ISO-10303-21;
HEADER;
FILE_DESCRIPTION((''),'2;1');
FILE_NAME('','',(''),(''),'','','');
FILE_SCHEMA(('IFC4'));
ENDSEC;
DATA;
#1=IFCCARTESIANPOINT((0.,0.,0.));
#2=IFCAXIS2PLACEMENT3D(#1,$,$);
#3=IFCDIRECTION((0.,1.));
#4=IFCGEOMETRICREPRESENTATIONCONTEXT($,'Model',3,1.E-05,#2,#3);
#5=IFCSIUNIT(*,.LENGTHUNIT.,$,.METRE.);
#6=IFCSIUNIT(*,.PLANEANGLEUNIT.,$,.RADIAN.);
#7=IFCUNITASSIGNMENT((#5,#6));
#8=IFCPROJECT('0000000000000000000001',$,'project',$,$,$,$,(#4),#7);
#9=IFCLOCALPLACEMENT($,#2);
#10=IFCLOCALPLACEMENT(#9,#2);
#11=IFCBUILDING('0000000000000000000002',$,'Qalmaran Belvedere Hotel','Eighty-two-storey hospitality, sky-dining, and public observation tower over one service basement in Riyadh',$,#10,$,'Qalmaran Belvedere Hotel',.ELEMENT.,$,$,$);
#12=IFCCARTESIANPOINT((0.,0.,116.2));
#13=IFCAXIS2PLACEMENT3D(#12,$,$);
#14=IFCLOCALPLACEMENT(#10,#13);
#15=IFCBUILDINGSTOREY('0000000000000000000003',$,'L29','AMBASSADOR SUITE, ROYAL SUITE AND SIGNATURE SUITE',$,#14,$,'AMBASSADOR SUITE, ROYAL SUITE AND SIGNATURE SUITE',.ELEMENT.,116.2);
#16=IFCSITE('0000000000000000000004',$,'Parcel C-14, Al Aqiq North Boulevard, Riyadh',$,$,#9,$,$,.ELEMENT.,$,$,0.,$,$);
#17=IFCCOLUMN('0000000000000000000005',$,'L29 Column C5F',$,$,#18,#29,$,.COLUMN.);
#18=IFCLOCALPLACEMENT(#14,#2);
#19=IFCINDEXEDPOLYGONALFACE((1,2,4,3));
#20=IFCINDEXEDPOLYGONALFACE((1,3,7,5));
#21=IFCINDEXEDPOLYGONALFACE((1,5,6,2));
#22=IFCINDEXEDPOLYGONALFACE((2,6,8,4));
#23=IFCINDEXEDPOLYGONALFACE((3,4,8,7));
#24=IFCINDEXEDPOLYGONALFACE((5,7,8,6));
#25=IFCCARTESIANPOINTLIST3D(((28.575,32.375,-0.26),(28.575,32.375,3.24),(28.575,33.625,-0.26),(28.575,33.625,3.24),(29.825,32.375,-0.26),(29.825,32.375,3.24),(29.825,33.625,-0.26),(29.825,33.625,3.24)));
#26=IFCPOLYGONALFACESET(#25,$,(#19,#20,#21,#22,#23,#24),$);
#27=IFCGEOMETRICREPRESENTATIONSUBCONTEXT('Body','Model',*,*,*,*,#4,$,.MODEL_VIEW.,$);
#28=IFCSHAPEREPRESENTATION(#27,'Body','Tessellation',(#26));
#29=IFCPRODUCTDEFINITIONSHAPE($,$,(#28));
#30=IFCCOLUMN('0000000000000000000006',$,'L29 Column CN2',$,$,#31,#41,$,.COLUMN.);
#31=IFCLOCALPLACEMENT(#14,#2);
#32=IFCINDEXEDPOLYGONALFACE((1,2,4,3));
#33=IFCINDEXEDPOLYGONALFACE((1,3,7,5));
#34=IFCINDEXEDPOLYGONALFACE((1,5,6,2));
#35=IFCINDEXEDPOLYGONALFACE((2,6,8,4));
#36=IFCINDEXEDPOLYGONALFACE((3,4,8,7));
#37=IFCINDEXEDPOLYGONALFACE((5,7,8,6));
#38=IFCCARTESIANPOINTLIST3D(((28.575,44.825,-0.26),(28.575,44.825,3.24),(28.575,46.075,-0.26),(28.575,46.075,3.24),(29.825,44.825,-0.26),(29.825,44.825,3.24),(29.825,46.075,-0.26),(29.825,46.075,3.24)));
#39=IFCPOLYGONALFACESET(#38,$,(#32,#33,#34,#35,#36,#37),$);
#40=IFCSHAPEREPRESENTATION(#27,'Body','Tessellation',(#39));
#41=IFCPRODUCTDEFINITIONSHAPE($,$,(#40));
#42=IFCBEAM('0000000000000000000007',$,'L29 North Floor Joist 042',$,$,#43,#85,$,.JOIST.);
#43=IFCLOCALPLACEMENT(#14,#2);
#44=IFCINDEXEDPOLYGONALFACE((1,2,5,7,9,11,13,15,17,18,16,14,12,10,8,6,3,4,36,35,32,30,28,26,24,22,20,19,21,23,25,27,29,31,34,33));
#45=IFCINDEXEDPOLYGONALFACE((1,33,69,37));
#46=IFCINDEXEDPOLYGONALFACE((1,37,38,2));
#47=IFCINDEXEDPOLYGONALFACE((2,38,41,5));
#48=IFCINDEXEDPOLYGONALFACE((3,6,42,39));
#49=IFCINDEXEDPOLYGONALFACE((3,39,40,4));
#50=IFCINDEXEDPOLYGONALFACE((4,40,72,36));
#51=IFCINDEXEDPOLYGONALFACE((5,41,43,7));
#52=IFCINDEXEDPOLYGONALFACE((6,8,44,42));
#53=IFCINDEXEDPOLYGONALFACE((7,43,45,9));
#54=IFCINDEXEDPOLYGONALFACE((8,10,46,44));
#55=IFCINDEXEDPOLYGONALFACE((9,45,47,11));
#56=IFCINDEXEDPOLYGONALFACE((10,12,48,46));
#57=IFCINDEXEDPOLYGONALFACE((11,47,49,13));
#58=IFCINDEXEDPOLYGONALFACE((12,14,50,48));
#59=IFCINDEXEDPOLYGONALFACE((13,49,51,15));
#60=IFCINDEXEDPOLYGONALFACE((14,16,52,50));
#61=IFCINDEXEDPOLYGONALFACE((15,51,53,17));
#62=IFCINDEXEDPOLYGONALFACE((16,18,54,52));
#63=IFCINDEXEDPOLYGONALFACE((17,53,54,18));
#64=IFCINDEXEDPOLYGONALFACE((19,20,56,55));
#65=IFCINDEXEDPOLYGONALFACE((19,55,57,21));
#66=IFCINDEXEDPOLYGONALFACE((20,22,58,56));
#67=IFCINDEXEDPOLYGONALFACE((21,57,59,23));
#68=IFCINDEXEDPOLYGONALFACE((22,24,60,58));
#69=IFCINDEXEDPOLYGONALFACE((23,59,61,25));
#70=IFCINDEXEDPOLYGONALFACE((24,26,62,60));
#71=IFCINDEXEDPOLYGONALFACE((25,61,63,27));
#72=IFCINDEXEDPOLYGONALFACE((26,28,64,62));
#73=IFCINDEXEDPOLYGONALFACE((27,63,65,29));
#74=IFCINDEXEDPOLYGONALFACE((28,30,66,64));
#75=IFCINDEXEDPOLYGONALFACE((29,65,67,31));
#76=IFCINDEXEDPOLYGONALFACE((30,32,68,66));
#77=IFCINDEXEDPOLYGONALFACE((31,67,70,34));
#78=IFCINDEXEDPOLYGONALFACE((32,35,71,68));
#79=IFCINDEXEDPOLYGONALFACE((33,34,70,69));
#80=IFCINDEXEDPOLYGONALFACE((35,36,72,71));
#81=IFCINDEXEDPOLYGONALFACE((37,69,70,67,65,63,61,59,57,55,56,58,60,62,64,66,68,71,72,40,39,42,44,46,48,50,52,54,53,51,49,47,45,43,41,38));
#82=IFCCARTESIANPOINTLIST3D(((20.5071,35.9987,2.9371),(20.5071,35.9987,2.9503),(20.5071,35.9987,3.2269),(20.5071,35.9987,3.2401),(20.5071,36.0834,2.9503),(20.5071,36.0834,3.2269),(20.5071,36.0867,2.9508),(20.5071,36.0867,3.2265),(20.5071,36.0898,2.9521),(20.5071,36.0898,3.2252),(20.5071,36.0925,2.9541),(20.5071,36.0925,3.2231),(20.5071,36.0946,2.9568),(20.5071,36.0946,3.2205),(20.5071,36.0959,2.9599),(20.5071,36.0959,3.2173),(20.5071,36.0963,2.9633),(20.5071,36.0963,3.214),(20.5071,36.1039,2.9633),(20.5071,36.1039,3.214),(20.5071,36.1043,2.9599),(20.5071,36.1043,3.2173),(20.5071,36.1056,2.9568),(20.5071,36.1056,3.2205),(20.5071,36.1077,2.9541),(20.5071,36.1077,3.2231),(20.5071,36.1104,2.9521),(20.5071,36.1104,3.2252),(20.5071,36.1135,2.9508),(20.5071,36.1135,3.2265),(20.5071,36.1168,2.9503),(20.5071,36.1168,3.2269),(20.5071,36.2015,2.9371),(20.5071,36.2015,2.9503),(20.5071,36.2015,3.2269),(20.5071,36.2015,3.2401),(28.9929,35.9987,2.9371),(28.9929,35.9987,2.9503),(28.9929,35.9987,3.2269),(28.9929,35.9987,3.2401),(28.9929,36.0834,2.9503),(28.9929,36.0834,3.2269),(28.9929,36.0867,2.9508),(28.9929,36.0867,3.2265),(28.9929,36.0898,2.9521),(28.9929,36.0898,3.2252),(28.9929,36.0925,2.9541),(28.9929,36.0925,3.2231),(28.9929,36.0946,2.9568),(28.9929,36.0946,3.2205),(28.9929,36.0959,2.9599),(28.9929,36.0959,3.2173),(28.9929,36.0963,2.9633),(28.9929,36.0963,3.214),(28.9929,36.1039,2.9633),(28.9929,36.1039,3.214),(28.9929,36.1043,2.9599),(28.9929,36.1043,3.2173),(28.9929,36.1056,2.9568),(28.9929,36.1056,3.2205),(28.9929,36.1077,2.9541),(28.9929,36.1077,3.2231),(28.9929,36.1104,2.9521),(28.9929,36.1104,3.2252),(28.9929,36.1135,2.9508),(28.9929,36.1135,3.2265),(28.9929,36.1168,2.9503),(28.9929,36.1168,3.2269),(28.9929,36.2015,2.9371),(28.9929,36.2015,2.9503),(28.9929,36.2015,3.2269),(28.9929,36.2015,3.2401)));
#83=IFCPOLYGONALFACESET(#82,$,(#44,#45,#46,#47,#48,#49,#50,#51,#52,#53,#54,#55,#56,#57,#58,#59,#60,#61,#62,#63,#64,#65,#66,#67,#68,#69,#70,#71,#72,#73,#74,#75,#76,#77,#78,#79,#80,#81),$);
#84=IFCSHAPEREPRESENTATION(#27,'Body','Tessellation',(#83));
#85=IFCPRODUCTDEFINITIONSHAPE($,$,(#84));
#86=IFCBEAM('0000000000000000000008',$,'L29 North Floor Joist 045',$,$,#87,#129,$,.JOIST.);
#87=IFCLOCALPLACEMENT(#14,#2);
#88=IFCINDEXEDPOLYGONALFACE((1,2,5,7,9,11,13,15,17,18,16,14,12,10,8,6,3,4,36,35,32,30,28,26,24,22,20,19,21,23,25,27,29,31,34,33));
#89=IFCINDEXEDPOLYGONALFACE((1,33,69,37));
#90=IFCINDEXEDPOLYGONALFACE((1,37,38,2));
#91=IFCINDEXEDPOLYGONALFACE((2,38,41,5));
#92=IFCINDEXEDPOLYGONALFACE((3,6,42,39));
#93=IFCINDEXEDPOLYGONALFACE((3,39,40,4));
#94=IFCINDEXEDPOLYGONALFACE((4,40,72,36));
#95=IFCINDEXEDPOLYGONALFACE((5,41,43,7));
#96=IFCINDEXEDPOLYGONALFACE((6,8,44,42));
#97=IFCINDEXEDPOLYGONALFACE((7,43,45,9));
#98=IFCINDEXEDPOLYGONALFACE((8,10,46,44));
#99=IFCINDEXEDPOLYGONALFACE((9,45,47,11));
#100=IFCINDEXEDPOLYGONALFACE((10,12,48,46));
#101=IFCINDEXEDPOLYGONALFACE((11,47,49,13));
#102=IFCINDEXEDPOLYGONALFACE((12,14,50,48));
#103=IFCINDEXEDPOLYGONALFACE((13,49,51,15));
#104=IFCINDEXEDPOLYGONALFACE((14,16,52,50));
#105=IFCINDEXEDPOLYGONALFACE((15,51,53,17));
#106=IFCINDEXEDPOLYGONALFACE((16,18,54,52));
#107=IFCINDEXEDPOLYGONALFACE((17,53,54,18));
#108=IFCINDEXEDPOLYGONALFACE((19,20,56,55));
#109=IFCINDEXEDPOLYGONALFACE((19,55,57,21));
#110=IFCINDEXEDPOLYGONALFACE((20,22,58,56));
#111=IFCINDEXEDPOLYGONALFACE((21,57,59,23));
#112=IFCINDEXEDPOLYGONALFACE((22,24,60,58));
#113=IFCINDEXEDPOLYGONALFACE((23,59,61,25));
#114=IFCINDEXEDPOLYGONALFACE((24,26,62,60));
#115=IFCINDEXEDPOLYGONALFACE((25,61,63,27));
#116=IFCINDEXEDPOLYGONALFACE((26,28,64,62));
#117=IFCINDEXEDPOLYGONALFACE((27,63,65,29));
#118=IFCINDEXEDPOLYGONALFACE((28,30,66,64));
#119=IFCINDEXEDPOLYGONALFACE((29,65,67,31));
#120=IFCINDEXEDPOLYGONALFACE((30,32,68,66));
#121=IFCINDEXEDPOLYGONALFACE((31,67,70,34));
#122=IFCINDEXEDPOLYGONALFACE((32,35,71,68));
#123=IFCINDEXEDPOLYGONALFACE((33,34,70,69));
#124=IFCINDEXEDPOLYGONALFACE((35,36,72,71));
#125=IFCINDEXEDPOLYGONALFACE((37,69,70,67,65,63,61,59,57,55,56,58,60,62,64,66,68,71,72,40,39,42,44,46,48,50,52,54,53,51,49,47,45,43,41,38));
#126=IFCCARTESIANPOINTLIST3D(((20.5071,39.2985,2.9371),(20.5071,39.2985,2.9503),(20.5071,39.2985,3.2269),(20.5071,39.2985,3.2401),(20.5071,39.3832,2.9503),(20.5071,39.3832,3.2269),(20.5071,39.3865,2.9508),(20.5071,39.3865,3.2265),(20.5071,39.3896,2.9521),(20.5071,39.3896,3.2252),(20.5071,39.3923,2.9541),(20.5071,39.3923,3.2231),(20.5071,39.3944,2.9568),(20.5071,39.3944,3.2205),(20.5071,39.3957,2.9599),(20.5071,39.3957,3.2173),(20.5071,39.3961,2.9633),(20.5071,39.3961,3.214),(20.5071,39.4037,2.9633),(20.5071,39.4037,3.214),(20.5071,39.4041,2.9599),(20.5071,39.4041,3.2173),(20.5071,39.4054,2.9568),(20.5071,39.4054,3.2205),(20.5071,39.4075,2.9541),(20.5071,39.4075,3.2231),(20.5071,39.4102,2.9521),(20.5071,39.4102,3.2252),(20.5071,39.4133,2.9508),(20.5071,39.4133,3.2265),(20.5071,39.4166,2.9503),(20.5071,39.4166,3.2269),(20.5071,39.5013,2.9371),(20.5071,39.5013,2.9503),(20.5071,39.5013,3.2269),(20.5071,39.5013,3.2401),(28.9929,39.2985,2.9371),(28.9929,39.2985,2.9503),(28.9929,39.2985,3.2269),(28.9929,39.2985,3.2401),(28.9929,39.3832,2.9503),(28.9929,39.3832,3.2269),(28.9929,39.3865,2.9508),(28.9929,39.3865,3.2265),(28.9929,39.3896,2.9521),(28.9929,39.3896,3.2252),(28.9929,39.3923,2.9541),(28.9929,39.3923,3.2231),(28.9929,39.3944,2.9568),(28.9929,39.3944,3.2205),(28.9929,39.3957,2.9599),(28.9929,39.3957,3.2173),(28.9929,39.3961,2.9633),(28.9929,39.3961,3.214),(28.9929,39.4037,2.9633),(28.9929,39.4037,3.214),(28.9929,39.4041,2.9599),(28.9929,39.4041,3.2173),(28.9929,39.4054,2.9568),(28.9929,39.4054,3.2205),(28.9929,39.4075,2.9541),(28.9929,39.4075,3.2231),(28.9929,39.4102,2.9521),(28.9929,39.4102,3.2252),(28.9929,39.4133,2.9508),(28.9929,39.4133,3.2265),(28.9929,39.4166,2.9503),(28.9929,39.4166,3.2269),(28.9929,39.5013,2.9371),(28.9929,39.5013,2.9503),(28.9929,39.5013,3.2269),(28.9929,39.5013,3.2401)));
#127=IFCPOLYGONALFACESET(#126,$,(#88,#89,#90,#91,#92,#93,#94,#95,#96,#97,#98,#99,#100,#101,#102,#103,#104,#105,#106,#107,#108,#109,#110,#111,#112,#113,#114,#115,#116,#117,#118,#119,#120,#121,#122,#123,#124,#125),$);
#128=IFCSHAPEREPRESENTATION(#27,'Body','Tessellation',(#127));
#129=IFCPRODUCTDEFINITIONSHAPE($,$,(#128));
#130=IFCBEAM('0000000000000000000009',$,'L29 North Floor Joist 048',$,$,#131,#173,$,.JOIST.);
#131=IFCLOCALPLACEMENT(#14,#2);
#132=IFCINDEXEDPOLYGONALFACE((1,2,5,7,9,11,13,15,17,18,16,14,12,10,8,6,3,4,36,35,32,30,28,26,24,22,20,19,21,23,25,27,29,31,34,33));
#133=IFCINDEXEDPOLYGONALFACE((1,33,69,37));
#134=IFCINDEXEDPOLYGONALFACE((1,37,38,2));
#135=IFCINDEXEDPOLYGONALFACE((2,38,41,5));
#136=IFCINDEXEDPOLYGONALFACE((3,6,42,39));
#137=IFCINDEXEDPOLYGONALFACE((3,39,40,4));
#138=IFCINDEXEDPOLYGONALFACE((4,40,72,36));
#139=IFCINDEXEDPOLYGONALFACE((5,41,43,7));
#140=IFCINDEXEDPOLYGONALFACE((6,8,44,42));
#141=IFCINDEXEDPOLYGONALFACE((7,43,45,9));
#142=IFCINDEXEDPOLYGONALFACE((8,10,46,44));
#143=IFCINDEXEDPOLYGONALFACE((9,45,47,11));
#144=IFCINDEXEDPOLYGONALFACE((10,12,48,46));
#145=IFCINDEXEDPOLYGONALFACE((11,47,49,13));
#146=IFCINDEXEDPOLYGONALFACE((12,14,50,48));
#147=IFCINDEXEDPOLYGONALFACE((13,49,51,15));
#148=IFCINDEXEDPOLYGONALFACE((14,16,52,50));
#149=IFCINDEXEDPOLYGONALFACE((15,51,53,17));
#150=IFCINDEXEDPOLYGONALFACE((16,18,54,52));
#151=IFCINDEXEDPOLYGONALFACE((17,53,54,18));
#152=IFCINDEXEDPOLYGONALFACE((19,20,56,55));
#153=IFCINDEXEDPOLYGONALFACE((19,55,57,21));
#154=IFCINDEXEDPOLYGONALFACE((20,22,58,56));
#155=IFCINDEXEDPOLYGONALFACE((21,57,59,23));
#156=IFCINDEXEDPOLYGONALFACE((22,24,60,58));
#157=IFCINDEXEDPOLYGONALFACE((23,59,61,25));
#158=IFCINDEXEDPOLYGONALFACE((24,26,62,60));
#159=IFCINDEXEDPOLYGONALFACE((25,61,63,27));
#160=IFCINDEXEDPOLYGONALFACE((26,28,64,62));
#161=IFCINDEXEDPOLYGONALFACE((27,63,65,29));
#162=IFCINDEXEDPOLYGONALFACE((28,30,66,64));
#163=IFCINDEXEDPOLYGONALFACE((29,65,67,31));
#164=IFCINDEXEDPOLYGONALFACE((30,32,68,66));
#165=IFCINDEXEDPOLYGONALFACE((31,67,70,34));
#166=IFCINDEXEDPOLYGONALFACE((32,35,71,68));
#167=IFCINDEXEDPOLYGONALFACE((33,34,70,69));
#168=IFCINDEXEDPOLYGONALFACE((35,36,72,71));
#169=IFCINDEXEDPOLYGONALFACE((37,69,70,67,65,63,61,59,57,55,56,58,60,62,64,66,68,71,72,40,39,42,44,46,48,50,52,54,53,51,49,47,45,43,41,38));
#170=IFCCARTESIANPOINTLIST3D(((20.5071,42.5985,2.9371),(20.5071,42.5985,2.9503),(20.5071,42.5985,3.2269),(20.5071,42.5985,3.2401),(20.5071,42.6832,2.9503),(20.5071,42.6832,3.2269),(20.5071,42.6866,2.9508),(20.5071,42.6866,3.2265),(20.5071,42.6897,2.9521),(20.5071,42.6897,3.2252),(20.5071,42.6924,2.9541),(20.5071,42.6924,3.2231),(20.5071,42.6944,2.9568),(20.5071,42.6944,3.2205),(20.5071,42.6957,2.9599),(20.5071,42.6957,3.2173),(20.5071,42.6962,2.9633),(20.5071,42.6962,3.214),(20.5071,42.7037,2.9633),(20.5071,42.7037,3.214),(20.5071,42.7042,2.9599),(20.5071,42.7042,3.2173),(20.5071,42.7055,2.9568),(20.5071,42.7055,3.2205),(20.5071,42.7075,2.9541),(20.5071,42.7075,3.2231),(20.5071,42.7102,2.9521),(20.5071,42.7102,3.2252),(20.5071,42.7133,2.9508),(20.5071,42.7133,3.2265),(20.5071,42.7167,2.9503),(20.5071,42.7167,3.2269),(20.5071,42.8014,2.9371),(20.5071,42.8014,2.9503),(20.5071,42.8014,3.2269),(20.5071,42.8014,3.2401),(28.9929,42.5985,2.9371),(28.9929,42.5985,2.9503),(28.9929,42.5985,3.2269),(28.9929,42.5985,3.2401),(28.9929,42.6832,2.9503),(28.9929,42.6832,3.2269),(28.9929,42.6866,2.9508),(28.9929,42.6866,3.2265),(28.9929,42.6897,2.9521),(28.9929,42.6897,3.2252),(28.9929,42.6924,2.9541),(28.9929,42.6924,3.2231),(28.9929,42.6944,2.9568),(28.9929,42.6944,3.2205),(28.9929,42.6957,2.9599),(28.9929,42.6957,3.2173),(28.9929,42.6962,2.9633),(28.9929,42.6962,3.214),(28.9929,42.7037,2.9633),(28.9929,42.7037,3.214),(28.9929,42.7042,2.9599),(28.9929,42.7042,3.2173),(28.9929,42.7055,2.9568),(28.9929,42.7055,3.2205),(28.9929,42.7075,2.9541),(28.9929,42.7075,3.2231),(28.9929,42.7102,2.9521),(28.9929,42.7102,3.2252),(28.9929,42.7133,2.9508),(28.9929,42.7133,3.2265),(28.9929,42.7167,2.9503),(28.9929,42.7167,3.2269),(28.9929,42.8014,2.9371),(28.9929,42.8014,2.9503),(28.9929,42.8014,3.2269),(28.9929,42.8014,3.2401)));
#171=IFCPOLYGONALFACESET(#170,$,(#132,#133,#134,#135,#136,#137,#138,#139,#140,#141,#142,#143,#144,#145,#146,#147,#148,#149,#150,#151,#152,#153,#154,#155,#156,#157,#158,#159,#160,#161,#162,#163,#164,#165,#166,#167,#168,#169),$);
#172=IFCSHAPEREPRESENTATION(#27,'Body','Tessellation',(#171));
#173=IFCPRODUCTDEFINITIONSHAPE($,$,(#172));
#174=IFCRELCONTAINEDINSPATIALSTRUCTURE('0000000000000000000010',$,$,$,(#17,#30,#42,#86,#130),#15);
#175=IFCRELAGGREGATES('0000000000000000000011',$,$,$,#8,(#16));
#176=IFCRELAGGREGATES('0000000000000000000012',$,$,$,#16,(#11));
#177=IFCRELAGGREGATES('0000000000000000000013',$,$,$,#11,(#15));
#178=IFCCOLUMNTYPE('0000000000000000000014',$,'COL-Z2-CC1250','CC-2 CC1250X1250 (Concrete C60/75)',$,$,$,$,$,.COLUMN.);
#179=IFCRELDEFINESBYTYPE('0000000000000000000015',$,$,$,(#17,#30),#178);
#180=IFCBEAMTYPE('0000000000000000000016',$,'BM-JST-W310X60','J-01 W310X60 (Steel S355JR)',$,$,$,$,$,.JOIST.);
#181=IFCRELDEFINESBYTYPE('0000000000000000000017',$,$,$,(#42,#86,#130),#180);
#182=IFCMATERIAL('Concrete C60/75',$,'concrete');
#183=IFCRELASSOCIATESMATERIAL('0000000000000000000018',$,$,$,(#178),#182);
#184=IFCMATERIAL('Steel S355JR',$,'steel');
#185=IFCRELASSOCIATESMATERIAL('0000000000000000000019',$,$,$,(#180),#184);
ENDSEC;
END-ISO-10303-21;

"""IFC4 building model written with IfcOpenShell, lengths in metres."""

from ifc_helpers import new_model, si_unit, direction, frame, origin, origin_2d, place, context, subcontext, project, spatial, rectangle, i_section, extrude, material, material_profile, profile_set, type_object, element, save


model = new_model("IFC4")

# Units and contexts
model_context = context("Model", 3, precision=1e-05, world=origin(), true_north=direction((0.0, 1.0)))
body_context = subcontext(model_context, "Body", "Model", "MODEL_VIEW")
ifc_project = project(units=[si_unit("LENGTHUNIT", "METRE"), si_unit("PLANEANGLEUNIT", "RADIAN")], contexts=[model_context])

# Site, building, storey
site_placement = place(None, origin())
site = spatial("IfcSite", under=ifc_project, at=site_placement, Name="Parcel C-14, Al Aqiq North Boulevard, Riyadh", CompositionType="ELEMENT", RefElevation=0.0)
building_placement = place(site_placement, origin())
building = spatial("IfcBuilding", under=site, at=building_placement, Name="Qalmaran Belvedere Hotel", Description="Eighty-two-storey hospitality, sky-dining, and public observation tower over one service basement in Riyadh", LongName="Qalmaran Belvedere Hotel", CompositionType="ELEMENT")
storey_placement = place(building_placement, frame((0.0, 0.0, 116.2)))
storey = spatial("IfcBuildingStorey", under=building, at=storey_placement, Name="L29", Description="AMBASSADOR SUITE, ROYAL SUITE AND SIGNATURE SUITE", LongName="AMBASSADOR SUITE, ROYAL SUITE AND SIGNATURE SUITE", CompositionType="ELEMENT", Elevation=116.2)

# Columns
ifc_material_1 = material(Name="Concrete C60/75", Category="concrete")
ifc_material_profile_1 = material_profile(ifc_material_1, rectangle(XDim=1.25, YDim=1.25, at=origin_2d()), Name="CC1250X1250")
ifc_profile_set_1 = profile_set([ifc_material_profile_1], Name="Concrete C60/75")
column_type = type_object("IfcColumnType", Name="COL-Z2-CC1250", Description="CC-2 CC1250X1250 (Concrete C60/75)", PredefinedType="COLUMN", material=ifc_profile_set_1)
for number, where, z_axis, x_axis, name in (
    (1, (29.2, 33.0, -0.26), (0.0, 0.0, 1.0), (1.0, 0.0, 0.0), "L29 Column C5F"),
    (2, (29.2, 45.45, -0.26), (0.0, 0.0, 1.0), (1.0, 0.0, 0.0), "L29 Column CN2"),
):
    element("IfcColumn", number, at=place(storey_placement, frame(where, z_axis=z_axis, x_axis=x_axis)), inside=storey, type_object=column_type, Name=name, PredefinedType="COLUMN", context=body_context, shape_type="SweptSolid", body=[
        extrude(rectangle(XDim=1.25, YDim=1.25, at=origin_2d()), origin(), (0.0, 0.0, 1.0), 3.5),
    ])

# Beams
ifc_material_2 = material(Name="Steel S355JR", Category="steel")
ifc_material_profile_2 = material_profile(ifc_material_2, i_section(OverallWidth=0.2029, OverallDepth=0.303, WebThickness=0.0076, FlangeThickness=0.0132, FilletRadius=0.0129, at=origin_2d()), Name="W310X60")
ifc_profile_set_2 = profile_set([ifc_material_profile_2], Name="Steel S355JR")
beam_type_1 = type_object("IfcBeamType", Name="BM-JST-W310X60", Description="J-01 W310X60 (Steel S355JR)", PredefinedType="JOIST", material=ifc_profile_set_2)
for number, where, z_axis, x_axis, name in (
    (3, (20.5071, 36.1001, 3.0886), (1.0, 0.0, 0.0), (0.0, 1.0, 0.0), "L29 North Floor Joist 042"),
    (4, (20.5071, 39.3999, 3.0886), (1.0, 0.0, 0.0), (0.0, 1.0, 0.0), "L29 North Floor Joist 045"),
    (5, (20.5071, 42.7, 3.0886), (1.0, 0.0, 0.0), (0.0, 1.0, 0.0), "L29 North Floor Joist 048"),
):
    element("IfcBeam", number, at=place(storey_placement, frame(where, z_axis=z_axis, x_axis=x_axis)), inside=storey, type_object=beam_type_1, Name=name, PredefinedType="JOIST", context=body_context, shape_type="SweptSolid", body=[
        extrude(i_section(OverallWidth=0.2029, OverallDepth=0.303, WebThickness=0.0076, FlangeThickness=0.0132, FilletRadius=0.0129, at=origin_2d()), origin(), (0.0, 0.0, 1.0), 8.4858),
    ])

save(model, "model.ifc")
